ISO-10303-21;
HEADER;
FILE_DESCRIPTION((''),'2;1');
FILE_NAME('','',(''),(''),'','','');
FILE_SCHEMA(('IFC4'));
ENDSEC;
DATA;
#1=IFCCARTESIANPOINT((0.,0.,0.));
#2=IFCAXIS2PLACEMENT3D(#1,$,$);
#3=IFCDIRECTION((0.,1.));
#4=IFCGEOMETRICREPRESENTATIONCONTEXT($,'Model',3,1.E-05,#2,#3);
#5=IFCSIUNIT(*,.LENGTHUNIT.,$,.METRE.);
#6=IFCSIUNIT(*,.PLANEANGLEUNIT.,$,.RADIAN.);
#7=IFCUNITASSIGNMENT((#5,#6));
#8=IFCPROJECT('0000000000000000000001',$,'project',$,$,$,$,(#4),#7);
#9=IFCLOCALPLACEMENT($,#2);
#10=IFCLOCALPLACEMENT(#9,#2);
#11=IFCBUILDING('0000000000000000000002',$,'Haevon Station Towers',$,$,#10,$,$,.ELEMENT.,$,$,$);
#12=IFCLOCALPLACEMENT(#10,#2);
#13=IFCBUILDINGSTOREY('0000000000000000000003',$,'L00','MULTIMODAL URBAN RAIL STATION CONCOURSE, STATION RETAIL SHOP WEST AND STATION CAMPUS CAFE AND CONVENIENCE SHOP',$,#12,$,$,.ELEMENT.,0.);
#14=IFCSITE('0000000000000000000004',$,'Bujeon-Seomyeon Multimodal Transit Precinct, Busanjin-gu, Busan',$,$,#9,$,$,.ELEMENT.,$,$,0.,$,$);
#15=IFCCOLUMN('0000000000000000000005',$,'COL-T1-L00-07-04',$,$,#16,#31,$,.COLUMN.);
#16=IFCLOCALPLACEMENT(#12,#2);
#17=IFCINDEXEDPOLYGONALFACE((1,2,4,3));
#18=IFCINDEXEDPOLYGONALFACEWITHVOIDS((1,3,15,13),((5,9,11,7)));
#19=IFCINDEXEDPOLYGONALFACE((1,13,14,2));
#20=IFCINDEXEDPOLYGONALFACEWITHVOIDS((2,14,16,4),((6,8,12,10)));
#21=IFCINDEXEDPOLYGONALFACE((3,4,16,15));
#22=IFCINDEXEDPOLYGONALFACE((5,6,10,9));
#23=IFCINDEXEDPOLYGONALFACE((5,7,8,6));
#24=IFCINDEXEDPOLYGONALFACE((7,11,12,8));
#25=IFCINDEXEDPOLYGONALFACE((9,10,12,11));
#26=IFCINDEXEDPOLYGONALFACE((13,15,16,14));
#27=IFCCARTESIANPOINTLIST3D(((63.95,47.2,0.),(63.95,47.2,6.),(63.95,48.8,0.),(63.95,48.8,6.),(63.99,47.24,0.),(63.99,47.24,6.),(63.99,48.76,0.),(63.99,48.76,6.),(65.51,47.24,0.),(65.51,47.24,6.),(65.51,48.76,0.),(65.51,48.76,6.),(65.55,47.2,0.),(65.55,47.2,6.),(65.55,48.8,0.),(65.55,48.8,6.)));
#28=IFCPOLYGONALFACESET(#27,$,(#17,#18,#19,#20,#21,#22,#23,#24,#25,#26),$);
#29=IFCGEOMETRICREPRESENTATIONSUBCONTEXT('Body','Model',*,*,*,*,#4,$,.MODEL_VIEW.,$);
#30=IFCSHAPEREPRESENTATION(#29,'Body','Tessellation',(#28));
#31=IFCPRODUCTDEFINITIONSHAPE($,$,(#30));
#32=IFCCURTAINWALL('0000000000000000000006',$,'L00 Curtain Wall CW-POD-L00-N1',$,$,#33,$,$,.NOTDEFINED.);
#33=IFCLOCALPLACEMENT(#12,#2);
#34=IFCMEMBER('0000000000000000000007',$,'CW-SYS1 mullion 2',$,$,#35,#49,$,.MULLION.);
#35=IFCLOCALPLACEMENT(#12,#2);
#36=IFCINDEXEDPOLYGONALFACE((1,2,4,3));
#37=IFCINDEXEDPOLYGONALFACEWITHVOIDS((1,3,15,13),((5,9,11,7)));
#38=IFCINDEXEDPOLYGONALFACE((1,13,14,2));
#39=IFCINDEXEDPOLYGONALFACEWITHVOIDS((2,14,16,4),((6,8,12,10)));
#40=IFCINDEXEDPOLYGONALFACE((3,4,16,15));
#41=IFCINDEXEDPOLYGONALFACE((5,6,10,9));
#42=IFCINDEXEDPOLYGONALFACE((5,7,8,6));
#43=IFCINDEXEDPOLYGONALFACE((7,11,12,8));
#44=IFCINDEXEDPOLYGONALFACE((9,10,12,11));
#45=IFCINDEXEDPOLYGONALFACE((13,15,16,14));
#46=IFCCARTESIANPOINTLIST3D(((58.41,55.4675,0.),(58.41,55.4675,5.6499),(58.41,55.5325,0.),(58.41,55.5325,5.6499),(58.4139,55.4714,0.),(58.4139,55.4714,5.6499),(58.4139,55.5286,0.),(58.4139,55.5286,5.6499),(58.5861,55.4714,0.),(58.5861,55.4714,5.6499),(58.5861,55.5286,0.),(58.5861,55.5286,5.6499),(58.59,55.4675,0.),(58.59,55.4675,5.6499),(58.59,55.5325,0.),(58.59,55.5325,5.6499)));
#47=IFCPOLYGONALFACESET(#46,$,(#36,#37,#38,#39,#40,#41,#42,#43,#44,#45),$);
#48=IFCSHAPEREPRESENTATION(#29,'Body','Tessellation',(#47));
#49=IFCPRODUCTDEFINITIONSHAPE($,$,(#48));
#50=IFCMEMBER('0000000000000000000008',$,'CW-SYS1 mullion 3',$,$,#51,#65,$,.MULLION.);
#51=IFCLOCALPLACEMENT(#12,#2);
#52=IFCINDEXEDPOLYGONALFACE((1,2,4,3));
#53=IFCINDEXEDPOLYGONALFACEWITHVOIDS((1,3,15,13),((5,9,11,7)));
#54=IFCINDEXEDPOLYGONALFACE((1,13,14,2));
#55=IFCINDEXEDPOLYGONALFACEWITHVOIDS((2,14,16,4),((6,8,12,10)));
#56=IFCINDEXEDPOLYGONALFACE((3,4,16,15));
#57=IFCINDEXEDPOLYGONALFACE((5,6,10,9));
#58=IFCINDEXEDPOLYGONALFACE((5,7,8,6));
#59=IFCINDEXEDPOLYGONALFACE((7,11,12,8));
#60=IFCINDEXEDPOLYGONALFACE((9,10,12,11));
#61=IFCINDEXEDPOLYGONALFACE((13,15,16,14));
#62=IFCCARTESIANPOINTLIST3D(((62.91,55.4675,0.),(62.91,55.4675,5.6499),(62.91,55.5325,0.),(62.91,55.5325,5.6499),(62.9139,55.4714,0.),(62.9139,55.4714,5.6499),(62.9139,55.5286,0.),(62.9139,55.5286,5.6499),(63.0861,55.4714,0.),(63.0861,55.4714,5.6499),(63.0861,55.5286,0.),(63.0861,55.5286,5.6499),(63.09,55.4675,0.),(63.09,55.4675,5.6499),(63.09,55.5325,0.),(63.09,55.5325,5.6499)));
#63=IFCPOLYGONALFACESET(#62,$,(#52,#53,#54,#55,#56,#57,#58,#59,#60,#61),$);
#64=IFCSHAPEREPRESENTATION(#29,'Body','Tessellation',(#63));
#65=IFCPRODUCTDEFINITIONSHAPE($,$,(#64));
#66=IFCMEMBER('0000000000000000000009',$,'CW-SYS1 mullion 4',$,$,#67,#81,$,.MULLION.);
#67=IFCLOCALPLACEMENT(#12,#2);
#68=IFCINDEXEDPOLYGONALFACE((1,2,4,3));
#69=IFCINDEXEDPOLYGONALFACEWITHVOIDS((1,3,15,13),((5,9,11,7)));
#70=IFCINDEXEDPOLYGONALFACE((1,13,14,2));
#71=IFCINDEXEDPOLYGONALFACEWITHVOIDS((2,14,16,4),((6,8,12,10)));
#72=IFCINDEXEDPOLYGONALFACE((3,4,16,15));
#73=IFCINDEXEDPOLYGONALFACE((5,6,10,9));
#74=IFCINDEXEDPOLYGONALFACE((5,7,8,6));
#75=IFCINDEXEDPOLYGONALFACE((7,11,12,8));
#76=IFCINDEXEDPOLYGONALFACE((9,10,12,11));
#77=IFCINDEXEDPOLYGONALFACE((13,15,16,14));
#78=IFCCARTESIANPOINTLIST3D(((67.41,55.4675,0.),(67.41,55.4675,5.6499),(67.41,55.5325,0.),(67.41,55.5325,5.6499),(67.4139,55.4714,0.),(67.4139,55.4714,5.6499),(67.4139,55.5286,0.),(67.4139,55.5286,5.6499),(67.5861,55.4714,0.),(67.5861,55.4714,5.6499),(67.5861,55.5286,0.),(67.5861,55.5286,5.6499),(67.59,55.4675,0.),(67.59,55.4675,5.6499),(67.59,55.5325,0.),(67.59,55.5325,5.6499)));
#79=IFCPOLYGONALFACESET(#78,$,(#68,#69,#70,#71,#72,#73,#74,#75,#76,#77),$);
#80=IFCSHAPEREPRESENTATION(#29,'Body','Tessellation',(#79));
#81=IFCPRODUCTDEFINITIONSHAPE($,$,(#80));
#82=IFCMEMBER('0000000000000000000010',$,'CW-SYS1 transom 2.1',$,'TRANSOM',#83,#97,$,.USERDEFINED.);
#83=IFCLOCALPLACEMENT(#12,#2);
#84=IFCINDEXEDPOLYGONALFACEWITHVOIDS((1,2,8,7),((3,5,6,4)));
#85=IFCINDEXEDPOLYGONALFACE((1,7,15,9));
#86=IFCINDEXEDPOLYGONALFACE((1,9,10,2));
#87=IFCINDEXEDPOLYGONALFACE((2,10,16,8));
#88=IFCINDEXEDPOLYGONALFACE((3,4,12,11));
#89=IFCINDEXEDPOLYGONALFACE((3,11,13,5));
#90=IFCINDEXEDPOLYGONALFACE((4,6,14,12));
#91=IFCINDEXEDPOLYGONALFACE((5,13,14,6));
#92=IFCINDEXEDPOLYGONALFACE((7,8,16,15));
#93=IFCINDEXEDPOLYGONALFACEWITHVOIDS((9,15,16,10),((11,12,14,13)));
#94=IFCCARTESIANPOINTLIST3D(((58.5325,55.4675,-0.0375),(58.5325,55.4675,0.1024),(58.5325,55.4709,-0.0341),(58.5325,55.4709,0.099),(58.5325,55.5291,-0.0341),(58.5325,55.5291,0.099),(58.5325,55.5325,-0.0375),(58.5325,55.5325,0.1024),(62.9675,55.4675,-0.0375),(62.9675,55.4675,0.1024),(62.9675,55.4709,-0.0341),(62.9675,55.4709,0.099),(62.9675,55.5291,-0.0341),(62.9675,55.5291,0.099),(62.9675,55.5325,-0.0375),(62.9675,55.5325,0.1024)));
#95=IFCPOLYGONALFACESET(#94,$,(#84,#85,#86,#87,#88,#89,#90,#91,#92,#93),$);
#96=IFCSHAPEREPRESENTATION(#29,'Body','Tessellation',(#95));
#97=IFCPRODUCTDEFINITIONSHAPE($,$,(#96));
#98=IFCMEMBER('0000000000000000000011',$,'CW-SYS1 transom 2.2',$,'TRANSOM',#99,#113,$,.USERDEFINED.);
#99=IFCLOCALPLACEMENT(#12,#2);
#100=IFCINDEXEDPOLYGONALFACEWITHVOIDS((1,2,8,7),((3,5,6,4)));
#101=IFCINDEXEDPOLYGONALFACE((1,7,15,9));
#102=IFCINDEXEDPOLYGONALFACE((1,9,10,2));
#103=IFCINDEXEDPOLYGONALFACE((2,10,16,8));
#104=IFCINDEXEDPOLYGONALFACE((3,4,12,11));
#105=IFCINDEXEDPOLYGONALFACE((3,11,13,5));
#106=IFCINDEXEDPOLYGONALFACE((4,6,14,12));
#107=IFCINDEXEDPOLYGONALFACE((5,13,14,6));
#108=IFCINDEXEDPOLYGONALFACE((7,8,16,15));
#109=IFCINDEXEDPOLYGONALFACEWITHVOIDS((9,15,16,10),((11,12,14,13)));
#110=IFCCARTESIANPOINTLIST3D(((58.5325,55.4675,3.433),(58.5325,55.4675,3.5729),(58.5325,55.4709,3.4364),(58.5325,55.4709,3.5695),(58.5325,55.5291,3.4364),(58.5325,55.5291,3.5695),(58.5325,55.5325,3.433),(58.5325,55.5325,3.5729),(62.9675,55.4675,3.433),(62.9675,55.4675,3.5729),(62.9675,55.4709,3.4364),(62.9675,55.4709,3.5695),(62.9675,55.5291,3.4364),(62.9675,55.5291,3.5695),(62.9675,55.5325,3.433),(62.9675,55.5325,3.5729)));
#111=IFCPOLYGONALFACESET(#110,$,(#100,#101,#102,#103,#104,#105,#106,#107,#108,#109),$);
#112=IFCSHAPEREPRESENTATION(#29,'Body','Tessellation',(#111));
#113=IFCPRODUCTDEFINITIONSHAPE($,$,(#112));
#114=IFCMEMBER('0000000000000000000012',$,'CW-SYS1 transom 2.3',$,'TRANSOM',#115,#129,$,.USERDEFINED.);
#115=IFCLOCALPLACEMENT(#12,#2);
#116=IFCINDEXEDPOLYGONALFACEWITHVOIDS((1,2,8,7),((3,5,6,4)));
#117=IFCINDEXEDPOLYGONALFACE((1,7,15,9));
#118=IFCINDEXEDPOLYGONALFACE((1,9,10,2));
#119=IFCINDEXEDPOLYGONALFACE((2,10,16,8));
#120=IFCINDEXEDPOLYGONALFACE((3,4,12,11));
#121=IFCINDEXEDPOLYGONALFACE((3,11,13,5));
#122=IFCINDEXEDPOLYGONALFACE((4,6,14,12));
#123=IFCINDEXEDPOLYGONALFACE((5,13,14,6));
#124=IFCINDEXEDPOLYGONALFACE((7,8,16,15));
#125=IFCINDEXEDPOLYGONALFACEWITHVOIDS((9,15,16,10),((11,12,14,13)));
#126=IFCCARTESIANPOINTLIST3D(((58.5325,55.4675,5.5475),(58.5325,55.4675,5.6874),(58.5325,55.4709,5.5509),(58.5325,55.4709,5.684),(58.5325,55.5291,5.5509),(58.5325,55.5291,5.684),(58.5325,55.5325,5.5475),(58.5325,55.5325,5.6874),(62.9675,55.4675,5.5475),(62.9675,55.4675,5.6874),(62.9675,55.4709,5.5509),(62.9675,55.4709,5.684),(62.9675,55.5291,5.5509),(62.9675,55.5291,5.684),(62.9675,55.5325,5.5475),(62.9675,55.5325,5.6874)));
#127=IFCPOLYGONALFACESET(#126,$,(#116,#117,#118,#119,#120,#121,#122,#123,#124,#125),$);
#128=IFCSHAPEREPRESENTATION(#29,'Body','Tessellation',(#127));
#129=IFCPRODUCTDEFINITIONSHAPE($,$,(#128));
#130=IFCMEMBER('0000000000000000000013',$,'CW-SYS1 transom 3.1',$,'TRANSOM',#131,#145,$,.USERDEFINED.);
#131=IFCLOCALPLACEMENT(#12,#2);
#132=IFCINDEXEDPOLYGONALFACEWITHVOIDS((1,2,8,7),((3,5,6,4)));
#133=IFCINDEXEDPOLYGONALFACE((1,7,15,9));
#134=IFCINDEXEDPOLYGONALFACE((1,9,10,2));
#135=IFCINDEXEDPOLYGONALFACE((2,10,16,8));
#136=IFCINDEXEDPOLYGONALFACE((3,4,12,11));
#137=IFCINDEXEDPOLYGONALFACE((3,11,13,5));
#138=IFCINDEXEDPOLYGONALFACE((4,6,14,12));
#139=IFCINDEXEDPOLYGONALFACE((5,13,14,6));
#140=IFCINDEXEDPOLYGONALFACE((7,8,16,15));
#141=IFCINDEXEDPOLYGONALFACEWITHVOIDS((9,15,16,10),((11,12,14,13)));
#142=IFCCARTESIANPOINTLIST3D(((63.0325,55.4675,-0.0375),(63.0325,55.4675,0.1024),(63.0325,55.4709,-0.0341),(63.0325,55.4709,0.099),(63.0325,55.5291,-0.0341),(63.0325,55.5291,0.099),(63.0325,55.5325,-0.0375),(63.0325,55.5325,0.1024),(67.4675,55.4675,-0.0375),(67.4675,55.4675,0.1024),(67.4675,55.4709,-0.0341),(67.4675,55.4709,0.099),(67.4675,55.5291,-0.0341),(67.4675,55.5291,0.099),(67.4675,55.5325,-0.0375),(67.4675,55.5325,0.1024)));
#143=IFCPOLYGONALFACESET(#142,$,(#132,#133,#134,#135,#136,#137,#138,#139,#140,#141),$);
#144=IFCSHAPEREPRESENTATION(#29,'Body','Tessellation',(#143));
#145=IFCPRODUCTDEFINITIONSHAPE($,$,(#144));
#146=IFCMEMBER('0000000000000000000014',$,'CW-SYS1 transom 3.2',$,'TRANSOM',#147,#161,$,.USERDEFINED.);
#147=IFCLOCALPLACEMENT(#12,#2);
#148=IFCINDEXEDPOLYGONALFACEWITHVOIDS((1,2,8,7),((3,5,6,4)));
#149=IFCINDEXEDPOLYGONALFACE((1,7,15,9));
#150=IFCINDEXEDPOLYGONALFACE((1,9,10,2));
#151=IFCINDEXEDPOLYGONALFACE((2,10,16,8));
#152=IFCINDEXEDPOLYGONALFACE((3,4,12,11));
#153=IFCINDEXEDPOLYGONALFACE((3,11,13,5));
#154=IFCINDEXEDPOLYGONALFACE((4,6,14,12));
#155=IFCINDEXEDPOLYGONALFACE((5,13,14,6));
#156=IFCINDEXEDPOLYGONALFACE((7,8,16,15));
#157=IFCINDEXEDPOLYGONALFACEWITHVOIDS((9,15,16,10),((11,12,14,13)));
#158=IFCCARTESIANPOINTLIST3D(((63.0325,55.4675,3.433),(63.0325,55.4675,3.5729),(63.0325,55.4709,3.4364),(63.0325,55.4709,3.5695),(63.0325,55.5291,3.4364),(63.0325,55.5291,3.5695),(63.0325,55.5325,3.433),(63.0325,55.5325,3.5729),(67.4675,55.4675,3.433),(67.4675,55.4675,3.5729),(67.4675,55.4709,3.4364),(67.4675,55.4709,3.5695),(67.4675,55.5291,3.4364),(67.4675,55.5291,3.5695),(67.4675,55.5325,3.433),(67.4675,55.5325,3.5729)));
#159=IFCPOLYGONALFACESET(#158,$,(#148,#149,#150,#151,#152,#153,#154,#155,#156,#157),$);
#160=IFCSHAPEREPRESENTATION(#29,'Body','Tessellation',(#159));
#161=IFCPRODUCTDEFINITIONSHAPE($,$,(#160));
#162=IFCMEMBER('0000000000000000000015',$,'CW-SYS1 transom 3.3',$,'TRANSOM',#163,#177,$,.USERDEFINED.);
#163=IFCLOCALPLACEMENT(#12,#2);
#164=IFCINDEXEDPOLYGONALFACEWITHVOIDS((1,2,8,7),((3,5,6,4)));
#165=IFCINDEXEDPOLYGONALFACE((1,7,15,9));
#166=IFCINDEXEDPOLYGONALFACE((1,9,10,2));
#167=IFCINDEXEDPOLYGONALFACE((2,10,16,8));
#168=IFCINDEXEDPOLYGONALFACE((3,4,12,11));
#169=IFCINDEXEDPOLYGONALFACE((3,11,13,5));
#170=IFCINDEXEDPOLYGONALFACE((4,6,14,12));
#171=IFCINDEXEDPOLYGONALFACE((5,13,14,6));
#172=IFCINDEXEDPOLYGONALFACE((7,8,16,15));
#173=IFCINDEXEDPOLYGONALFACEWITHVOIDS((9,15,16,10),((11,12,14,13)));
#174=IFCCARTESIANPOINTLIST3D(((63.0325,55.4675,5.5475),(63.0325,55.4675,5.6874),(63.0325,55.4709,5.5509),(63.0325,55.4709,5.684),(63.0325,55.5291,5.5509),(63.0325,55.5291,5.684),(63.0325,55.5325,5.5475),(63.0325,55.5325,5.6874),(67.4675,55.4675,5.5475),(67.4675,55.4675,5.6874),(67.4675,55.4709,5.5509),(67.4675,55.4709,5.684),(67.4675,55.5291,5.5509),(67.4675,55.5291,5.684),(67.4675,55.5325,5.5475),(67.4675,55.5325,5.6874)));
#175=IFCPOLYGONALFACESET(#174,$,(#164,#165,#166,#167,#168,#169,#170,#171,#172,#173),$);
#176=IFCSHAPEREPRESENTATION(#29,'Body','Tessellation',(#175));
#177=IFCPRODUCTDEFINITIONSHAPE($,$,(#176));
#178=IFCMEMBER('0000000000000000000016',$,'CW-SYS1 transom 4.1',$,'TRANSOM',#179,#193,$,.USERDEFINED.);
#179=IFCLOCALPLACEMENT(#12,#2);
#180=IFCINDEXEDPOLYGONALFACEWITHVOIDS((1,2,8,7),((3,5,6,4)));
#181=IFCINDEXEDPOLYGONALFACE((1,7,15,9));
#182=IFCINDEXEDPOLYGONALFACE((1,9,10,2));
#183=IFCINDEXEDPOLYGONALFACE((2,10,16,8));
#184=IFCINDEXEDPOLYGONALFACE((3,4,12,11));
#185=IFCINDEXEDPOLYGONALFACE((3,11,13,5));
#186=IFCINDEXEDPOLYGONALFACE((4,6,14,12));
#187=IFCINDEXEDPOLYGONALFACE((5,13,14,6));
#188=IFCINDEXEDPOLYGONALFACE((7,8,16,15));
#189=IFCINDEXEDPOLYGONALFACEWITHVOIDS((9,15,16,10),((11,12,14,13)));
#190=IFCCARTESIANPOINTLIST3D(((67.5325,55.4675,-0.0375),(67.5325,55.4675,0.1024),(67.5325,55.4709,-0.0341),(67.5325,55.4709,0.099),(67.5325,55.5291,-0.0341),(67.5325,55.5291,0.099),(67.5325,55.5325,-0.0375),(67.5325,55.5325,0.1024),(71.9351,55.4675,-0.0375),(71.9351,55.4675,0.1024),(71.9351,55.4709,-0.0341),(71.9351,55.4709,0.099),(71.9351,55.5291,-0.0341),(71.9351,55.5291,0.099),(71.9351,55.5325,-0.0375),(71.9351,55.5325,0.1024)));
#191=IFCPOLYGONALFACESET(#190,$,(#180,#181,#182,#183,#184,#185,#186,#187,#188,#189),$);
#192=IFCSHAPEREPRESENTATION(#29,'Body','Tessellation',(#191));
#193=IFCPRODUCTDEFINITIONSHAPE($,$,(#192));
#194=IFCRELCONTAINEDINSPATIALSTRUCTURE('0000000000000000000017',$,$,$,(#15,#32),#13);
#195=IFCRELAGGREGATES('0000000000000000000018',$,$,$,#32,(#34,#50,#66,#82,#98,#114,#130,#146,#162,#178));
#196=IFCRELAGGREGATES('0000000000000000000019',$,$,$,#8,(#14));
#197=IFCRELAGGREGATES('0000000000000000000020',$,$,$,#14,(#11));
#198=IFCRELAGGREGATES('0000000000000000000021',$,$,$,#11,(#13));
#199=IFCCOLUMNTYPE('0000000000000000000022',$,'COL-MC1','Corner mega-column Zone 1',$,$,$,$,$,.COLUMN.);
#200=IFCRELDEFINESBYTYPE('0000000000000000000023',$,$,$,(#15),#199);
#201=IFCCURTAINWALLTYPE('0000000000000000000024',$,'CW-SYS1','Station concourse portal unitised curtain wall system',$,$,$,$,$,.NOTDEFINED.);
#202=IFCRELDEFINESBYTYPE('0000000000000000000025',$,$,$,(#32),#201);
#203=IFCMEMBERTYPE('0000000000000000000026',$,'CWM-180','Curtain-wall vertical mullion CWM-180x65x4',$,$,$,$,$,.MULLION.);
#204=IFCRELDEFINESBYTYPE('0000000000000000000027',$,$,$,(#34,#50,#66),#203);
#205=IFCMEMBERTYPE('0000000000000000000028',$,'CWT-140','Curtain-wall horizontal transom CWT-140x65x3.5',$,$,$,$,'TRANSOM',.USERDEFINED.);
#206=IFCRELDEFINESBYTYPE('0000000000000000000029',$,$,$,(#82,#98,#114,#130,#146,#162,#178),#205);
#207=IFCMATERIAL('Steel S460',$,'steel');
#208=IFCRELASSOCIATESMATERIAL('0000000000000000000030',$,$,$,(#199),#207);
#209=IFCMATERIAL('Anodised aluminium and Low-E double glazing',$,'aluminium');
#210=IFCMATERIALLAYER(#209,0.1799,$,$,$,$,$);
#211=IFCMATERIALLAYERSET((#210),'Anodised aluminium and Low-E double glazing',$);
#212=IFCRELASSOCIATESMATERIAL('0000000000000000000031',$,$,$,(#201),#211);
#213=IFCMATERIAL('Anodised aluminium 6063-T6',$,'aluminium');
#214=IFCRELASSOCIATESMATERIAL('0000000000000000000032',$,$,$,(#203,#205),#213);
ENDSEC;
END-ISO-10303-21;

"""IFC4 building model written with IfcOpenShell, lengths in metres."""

from ifc_helpers import new_model, si_unit, direction, frame, origin, origin_2d, place, context, subcontext, project, spatial, hollow_rectangle, extrude, material, layer, layer_set, material_profile, profile_set, type_object, element, aggregate, save


model = new_model("IFC4")

# Units and contexts
model_context = context("Model", 3, precision=1e-05, world=origin(), true_north=direction((0.0, 1.0)))
body_context = subcontext(model_context, "Body", "Model", "MODEL_VIEW")
ifc_project = project(units=[si_unit("LENGTHUNIT", "METRE"), si_unit("PLANEANGLEUNIT", "RADIAN")], contexts=[model_context])

# Site, building, storey
site_placement = place(None, origin())
site = spatial("IfcSite", under=ifc_project, at=site_placement, Name="Bujeon-Seomyeon Multimodal Transit Precinct, Busanjin-gu, Busan", CompositionType="ELEMENT", RefElevation=0.0)
building_placement = place(site_placement, origin())
building = spatial("IfcBuilding", under=site, at=building_placement, Name="Haevon Station Towers", CompositionType="ELEMENT")
storey_placement = place(building_placement, origin())
storey = spatial("IfcBuildingStorey", under=building, at=storey_placement, Name="L00", Description="MULTIMODAL URBAN RAIL STATION CONCOURSE, STATION RETAIL SHOP WEST AND STATION CAMPUS CAFE AND CONVENIENCE SHOP", CompositionType="ELEMENT", Elevation=0.0)

# Column
ifc_material_1 = material(Name="Steel S460", Category="steel")
ifc_material_profile_1 = material_profile(ifc_material_1, hollow_rectangle(XDim=1.6001, YDim=1.6001, WallThickness=0.04, at=origin_2d()), Name="BOX-1600x1600x40")
ifc_profile_set_1 = profile_set([ifc_material_profile_1], Name="Steel S460")
column_type = type_object("IfcColumnType", Name="COL-MC1", Description="Corner mega-column Zone 1", PredefinedType="COLUMN", material=ifc_profile_set_1)
column_placement = place(storey_placement, frame((64.75, 48.0, 0.0), z_axis=(0.0, 0.0, 1.0), x_axis=(1.0, 0.0, 0.0)))
element("IfcColumn", 1, at=column_placement, inside=storey, type_object=column_type, Name="COL-T1-L00-07-04", PredefinedType="COLUMN", context=body_context, shape_type="SweptSolid", body=[
    extrude(hollow_rectangle(XDim=1.6001, YDim=1.6001, WallThickness=0.04, at=origin_2d()), origin(), (0.0, 0.0, 1.0), 6.0),
])

# Curtain wall, members
ifc_material_2 = material(Name="Anodised aluminium and Low-E double glazing", Category="aluminium")
ifc_layer_1 = layer(ifc_material_2, 0.1799)
ifc_layer_set_1 = layer_set([ifc_layer_1], Name="Anodised aluminium and Low-E double glazing")
curtain_wall_type = type_object("IfcCurtainWallType", Name="CW-SYS1", Description="Station concourse portal unitised curtain wall system", PredefinedType="NOTDEFINED", material=ifc_layer_set_1)
curtain_wall_placement = place(storey_placement, origin())
curtain_wall = element("IfcCurtainWall", 2, at=curtain_wall_placement, inside=storey, type_object=curtain_wall_type, Name="L00 Curtain Wall CW-POD-L00-N1", PredefinedType="NOTDEFINED")
ifc_material_3 = material(Name="Anodised aluminium 6063-T6", Category="aluminium")
ifc_material_profile_2 = material_profile(ifc_material_3, hollow_rectangle(XDim=0.0649, YDim=0.1799, WallThickness=0.0039, at=origin_2d()), Name="CWM-180x65x4")
ifc_profile_set_2 = profile_set([ifc_material_profile_2], Name="Anodised aluminium 6063-T6")
member_type_1 = type_object("IfcMemberType", Name="CWM-180", Description="Curtain-wall vertical mullion CWM-180x65x4", PredefinedType="MULLION", material=ifc_profile_set_2)
member_1_placement = place(storey_placement, frame((58.5, 55.5, 0.0), z_axis=(0.0, 0.0, 1.0), x_axis=(0.0, 1.0, 0.0)))
member_1 = element("IfcMember", 3, at=member_1_placement, type_object=member_type_1, Name="CW-SYS1 mullion 2", PredefinedType="MULLION", context=body_context, shape_type="SweptSolid", body=[
    extrude(hollow_rectangle(XDim=0.0649, YDim=0.1799, WallThickness=0.0039, at=origin_2d()), origin(), (0.0, 0.0, 1.0), 5.6499),
])
member_2_placement = place(storey_placement, frame((63.0, 55.5, 0.0), z_axis=(0.0, 0.0, 1.0), x_axis=(0.0, 1.0, 0.0)))
member_2 = element("IfcMember", 4, at=member_2_placement, type_object=member_type_1, Name="CW-SYS1 mullion 3", PredefinedType="MULLION", context=body_context, shape_type="SweptSolid", body=[
    extrude(hollow_rectangle(XDim=0.0649, YDim=0.1799, WallThickness=0.0039, at=origin_2d()), origin(), (0.0, 0.0, 1.0), 5.6499),
])
member_3_placement = place(storey_placement, frame((67.5, 55.5, 0.0), z_axis=(0.0, 0.0, 1.0), x_axis=(0.0, 1.0, 0.0)))
member_3 = element("IfcMember", 5, at=member_3_placement, type_object=member_type_1, Name="CW-SYS1 mullion 4", PredefinedType="MULLION", context=body_context, shape_type="SweptSolid", body=[
    extrude(hollow_rectangle(XDim=0.0649, YDim=0.1799, WallThickness=0.0039, at=origin_2d()), origin(), (0.0, 0.0, 1.0), 5.6499),
])
ifc_material_profile_3 = material_profile(ifc_material_3, hollow_rectangle(XDim=0.0649, YDim=0.1399, WallThickness=0.0034, at=origin_2d()), Name="CWT-140x65x3.5")
ifc_profile_set_3 = profile_set([ifc_material_profile_3], Name="Anodised aluminium 6063-T6")
member_type_2 = type_object("IfcMemberType", Name="CWT-140", Description="Curtain-wall horizontal transom CWT-140x65x3.5", ElementType="TRANSOM", PredefinedType="USERDEFINED", material=ifc_profile_set_3)
member_4_placement = place(storey_placement, frame((58.5325, 55.5, 0.0325), z_axis=(1.0, 0.0, 0.0), x_axis=(0.0, 1.0, 0.0)))
member_4 = element("IfcMember", 6, at=member_4_placement, type_object=member_type_2, Name="CW-SYS1 transom 2.1", ObjectType="TRANSOM", PredefinedType="USERDEFINED", context=body_context, shape_type="SweptSolid", body=[
    extrude(hollow_rectangle(XDim=0.0649, YDim=0.1399, WallThickness=0.0034, at=origin_2d()), origin(), (0.0, 0.0, 1.0), 4.4351),
])
member_5_placement = place(storey_placement, frame((58.5325, 55.5, 3.5029), z_axis=(1.0, 0.0, 0.0), x_axis=(0.0, 1.0, 0.0)))
member_5 = element("IfcMember", 7, at=member_5_placement, type_object=member_type_2, Name="CW-SYS1 transom 2.2", ObjectType="TRANSOM", PredefinedType="USERDEFINED", context=body_context, shape_type="SweptSolid", body=[
    extrude(hollow_rectangle(XDim=0.0649, YDim=0.1399, WallThickness=0.0034, at=origin_2d()), origin(), (0.0, 0.0, 1.0), 4.4351),
])
member_6_placement = place(storey_placement, frame((58.5325, 55.5, 5.6174), z_axis=(1.0, 0.0, 0.0), x_axis=(0.0, 1.0, 0.0)))
member_6 = element("IfcMember", 8, at=member_6_placement, type_object=member_type_2, Name="CW-SYS1 transom 2.3", ObjectType="TRANSOM", PredefinedType="USERDEFINED", context=body_context, shape_type="SweptSolid", body=[
    extrude(hollow_rectangle(XDim=0.0649, YDim=0.1399, WallThickness=0.0034, at=origin_2d()), origin(), (0.0, 0.0, 1.0), 4.4351),
])
member_7_placement = place(storey_placement, frame((63.0325, 55.5, 0.0325), z_axis=(1.0, 0.0, 0.0), x_axis=(0.0, 1.0, 0.0)))
member_7 = element("IfcMember", 9, at=member_7_placement, type_object=member_type_2, Name="CW-SYS1 transom 3.1", ObjectType="TRANSOM", PredefinedType="USERDEFINED", context=body_context, shape_type="SweptSolid", body=[
    extrude(hollow_rectangle(XDim=0.0649, YDim=0.1399, WallThickness=0.0034, at=origin_2d()), origin(), (0.0, 0.0, 1.0), 4.4351),
])
member_8_placement = place(storey_placement, frame((63.0325, 55.5, 3.5029), z_axis=(1.0, 0.0, 0.0), x_axis=(0.0, 1.0, 0.0)))
member_8 = element("IfcMember", 10, at=member_8_placement, type_object=member_type_2, Name="CW-SYS1 transom 3.2", ObjectType="TRANSOM", PredefinedType="USERDEFINED", context=body_context, shape_type="SweptSolid", body=[
    extrude(hollow_rectangle(XDim=0.0649, YDim=0.1399, WallThickness=0.0034, at=origin_2d()), origin(), (0.0, 0.0, 1.0), 4.4351),
])
member_9_placement = place(storey_placement, frame((63.0325, 55.5, 5.6174), z_axis=(1.0, 0.0, 0.0), x_axis=(0.0, 1.0, 0.0)))
member_9 = element("IfcMember", 11, at=member_9_placement, type_object=member_type_2, Name="CW-SYS1 transom 3.3", ObjectType="TRANSOM", PredefinedType="USERDEFINED", context=body_context, shape_type="SweptSolid", body=[
    extrude(hollow_rectangle(XDim=0.0649, YDim=0.1399, WallThickness=0.0034, at=origin_2d()), origin(), (0.0, 0.0, 1.0), 4.4351),
])
member_10_placement = place(storey_placement, frame((67.5325, 55.5, 0.0325), z_axis=(1.0, 0.0, 0.0), x_axis=(0.0, 1.0, 0.0)))
member_10 = element("IfcMember", 12, at=member_10_placement, type_object=member_type_2, Name="CW-SYS1 transom 4.1", ObjectType="TRANSOM", PredefinedType="USERDEFINED", context=body_context, shape_type="SweptSolid", body=[
    extrude(hollow_rectangle(XDim=0.0649, YDim=0.1399, WallThickness=0.0034, at=origin_2d()), origin(), (0.0, 0.0, 1.0), 4.4026),
])
aggregate(curtain_wall, [member_1, member_2, member_3, member_4, member_5, member_6, member_7, member_8, member_9, member_10])

save(model, "model.ifc")
